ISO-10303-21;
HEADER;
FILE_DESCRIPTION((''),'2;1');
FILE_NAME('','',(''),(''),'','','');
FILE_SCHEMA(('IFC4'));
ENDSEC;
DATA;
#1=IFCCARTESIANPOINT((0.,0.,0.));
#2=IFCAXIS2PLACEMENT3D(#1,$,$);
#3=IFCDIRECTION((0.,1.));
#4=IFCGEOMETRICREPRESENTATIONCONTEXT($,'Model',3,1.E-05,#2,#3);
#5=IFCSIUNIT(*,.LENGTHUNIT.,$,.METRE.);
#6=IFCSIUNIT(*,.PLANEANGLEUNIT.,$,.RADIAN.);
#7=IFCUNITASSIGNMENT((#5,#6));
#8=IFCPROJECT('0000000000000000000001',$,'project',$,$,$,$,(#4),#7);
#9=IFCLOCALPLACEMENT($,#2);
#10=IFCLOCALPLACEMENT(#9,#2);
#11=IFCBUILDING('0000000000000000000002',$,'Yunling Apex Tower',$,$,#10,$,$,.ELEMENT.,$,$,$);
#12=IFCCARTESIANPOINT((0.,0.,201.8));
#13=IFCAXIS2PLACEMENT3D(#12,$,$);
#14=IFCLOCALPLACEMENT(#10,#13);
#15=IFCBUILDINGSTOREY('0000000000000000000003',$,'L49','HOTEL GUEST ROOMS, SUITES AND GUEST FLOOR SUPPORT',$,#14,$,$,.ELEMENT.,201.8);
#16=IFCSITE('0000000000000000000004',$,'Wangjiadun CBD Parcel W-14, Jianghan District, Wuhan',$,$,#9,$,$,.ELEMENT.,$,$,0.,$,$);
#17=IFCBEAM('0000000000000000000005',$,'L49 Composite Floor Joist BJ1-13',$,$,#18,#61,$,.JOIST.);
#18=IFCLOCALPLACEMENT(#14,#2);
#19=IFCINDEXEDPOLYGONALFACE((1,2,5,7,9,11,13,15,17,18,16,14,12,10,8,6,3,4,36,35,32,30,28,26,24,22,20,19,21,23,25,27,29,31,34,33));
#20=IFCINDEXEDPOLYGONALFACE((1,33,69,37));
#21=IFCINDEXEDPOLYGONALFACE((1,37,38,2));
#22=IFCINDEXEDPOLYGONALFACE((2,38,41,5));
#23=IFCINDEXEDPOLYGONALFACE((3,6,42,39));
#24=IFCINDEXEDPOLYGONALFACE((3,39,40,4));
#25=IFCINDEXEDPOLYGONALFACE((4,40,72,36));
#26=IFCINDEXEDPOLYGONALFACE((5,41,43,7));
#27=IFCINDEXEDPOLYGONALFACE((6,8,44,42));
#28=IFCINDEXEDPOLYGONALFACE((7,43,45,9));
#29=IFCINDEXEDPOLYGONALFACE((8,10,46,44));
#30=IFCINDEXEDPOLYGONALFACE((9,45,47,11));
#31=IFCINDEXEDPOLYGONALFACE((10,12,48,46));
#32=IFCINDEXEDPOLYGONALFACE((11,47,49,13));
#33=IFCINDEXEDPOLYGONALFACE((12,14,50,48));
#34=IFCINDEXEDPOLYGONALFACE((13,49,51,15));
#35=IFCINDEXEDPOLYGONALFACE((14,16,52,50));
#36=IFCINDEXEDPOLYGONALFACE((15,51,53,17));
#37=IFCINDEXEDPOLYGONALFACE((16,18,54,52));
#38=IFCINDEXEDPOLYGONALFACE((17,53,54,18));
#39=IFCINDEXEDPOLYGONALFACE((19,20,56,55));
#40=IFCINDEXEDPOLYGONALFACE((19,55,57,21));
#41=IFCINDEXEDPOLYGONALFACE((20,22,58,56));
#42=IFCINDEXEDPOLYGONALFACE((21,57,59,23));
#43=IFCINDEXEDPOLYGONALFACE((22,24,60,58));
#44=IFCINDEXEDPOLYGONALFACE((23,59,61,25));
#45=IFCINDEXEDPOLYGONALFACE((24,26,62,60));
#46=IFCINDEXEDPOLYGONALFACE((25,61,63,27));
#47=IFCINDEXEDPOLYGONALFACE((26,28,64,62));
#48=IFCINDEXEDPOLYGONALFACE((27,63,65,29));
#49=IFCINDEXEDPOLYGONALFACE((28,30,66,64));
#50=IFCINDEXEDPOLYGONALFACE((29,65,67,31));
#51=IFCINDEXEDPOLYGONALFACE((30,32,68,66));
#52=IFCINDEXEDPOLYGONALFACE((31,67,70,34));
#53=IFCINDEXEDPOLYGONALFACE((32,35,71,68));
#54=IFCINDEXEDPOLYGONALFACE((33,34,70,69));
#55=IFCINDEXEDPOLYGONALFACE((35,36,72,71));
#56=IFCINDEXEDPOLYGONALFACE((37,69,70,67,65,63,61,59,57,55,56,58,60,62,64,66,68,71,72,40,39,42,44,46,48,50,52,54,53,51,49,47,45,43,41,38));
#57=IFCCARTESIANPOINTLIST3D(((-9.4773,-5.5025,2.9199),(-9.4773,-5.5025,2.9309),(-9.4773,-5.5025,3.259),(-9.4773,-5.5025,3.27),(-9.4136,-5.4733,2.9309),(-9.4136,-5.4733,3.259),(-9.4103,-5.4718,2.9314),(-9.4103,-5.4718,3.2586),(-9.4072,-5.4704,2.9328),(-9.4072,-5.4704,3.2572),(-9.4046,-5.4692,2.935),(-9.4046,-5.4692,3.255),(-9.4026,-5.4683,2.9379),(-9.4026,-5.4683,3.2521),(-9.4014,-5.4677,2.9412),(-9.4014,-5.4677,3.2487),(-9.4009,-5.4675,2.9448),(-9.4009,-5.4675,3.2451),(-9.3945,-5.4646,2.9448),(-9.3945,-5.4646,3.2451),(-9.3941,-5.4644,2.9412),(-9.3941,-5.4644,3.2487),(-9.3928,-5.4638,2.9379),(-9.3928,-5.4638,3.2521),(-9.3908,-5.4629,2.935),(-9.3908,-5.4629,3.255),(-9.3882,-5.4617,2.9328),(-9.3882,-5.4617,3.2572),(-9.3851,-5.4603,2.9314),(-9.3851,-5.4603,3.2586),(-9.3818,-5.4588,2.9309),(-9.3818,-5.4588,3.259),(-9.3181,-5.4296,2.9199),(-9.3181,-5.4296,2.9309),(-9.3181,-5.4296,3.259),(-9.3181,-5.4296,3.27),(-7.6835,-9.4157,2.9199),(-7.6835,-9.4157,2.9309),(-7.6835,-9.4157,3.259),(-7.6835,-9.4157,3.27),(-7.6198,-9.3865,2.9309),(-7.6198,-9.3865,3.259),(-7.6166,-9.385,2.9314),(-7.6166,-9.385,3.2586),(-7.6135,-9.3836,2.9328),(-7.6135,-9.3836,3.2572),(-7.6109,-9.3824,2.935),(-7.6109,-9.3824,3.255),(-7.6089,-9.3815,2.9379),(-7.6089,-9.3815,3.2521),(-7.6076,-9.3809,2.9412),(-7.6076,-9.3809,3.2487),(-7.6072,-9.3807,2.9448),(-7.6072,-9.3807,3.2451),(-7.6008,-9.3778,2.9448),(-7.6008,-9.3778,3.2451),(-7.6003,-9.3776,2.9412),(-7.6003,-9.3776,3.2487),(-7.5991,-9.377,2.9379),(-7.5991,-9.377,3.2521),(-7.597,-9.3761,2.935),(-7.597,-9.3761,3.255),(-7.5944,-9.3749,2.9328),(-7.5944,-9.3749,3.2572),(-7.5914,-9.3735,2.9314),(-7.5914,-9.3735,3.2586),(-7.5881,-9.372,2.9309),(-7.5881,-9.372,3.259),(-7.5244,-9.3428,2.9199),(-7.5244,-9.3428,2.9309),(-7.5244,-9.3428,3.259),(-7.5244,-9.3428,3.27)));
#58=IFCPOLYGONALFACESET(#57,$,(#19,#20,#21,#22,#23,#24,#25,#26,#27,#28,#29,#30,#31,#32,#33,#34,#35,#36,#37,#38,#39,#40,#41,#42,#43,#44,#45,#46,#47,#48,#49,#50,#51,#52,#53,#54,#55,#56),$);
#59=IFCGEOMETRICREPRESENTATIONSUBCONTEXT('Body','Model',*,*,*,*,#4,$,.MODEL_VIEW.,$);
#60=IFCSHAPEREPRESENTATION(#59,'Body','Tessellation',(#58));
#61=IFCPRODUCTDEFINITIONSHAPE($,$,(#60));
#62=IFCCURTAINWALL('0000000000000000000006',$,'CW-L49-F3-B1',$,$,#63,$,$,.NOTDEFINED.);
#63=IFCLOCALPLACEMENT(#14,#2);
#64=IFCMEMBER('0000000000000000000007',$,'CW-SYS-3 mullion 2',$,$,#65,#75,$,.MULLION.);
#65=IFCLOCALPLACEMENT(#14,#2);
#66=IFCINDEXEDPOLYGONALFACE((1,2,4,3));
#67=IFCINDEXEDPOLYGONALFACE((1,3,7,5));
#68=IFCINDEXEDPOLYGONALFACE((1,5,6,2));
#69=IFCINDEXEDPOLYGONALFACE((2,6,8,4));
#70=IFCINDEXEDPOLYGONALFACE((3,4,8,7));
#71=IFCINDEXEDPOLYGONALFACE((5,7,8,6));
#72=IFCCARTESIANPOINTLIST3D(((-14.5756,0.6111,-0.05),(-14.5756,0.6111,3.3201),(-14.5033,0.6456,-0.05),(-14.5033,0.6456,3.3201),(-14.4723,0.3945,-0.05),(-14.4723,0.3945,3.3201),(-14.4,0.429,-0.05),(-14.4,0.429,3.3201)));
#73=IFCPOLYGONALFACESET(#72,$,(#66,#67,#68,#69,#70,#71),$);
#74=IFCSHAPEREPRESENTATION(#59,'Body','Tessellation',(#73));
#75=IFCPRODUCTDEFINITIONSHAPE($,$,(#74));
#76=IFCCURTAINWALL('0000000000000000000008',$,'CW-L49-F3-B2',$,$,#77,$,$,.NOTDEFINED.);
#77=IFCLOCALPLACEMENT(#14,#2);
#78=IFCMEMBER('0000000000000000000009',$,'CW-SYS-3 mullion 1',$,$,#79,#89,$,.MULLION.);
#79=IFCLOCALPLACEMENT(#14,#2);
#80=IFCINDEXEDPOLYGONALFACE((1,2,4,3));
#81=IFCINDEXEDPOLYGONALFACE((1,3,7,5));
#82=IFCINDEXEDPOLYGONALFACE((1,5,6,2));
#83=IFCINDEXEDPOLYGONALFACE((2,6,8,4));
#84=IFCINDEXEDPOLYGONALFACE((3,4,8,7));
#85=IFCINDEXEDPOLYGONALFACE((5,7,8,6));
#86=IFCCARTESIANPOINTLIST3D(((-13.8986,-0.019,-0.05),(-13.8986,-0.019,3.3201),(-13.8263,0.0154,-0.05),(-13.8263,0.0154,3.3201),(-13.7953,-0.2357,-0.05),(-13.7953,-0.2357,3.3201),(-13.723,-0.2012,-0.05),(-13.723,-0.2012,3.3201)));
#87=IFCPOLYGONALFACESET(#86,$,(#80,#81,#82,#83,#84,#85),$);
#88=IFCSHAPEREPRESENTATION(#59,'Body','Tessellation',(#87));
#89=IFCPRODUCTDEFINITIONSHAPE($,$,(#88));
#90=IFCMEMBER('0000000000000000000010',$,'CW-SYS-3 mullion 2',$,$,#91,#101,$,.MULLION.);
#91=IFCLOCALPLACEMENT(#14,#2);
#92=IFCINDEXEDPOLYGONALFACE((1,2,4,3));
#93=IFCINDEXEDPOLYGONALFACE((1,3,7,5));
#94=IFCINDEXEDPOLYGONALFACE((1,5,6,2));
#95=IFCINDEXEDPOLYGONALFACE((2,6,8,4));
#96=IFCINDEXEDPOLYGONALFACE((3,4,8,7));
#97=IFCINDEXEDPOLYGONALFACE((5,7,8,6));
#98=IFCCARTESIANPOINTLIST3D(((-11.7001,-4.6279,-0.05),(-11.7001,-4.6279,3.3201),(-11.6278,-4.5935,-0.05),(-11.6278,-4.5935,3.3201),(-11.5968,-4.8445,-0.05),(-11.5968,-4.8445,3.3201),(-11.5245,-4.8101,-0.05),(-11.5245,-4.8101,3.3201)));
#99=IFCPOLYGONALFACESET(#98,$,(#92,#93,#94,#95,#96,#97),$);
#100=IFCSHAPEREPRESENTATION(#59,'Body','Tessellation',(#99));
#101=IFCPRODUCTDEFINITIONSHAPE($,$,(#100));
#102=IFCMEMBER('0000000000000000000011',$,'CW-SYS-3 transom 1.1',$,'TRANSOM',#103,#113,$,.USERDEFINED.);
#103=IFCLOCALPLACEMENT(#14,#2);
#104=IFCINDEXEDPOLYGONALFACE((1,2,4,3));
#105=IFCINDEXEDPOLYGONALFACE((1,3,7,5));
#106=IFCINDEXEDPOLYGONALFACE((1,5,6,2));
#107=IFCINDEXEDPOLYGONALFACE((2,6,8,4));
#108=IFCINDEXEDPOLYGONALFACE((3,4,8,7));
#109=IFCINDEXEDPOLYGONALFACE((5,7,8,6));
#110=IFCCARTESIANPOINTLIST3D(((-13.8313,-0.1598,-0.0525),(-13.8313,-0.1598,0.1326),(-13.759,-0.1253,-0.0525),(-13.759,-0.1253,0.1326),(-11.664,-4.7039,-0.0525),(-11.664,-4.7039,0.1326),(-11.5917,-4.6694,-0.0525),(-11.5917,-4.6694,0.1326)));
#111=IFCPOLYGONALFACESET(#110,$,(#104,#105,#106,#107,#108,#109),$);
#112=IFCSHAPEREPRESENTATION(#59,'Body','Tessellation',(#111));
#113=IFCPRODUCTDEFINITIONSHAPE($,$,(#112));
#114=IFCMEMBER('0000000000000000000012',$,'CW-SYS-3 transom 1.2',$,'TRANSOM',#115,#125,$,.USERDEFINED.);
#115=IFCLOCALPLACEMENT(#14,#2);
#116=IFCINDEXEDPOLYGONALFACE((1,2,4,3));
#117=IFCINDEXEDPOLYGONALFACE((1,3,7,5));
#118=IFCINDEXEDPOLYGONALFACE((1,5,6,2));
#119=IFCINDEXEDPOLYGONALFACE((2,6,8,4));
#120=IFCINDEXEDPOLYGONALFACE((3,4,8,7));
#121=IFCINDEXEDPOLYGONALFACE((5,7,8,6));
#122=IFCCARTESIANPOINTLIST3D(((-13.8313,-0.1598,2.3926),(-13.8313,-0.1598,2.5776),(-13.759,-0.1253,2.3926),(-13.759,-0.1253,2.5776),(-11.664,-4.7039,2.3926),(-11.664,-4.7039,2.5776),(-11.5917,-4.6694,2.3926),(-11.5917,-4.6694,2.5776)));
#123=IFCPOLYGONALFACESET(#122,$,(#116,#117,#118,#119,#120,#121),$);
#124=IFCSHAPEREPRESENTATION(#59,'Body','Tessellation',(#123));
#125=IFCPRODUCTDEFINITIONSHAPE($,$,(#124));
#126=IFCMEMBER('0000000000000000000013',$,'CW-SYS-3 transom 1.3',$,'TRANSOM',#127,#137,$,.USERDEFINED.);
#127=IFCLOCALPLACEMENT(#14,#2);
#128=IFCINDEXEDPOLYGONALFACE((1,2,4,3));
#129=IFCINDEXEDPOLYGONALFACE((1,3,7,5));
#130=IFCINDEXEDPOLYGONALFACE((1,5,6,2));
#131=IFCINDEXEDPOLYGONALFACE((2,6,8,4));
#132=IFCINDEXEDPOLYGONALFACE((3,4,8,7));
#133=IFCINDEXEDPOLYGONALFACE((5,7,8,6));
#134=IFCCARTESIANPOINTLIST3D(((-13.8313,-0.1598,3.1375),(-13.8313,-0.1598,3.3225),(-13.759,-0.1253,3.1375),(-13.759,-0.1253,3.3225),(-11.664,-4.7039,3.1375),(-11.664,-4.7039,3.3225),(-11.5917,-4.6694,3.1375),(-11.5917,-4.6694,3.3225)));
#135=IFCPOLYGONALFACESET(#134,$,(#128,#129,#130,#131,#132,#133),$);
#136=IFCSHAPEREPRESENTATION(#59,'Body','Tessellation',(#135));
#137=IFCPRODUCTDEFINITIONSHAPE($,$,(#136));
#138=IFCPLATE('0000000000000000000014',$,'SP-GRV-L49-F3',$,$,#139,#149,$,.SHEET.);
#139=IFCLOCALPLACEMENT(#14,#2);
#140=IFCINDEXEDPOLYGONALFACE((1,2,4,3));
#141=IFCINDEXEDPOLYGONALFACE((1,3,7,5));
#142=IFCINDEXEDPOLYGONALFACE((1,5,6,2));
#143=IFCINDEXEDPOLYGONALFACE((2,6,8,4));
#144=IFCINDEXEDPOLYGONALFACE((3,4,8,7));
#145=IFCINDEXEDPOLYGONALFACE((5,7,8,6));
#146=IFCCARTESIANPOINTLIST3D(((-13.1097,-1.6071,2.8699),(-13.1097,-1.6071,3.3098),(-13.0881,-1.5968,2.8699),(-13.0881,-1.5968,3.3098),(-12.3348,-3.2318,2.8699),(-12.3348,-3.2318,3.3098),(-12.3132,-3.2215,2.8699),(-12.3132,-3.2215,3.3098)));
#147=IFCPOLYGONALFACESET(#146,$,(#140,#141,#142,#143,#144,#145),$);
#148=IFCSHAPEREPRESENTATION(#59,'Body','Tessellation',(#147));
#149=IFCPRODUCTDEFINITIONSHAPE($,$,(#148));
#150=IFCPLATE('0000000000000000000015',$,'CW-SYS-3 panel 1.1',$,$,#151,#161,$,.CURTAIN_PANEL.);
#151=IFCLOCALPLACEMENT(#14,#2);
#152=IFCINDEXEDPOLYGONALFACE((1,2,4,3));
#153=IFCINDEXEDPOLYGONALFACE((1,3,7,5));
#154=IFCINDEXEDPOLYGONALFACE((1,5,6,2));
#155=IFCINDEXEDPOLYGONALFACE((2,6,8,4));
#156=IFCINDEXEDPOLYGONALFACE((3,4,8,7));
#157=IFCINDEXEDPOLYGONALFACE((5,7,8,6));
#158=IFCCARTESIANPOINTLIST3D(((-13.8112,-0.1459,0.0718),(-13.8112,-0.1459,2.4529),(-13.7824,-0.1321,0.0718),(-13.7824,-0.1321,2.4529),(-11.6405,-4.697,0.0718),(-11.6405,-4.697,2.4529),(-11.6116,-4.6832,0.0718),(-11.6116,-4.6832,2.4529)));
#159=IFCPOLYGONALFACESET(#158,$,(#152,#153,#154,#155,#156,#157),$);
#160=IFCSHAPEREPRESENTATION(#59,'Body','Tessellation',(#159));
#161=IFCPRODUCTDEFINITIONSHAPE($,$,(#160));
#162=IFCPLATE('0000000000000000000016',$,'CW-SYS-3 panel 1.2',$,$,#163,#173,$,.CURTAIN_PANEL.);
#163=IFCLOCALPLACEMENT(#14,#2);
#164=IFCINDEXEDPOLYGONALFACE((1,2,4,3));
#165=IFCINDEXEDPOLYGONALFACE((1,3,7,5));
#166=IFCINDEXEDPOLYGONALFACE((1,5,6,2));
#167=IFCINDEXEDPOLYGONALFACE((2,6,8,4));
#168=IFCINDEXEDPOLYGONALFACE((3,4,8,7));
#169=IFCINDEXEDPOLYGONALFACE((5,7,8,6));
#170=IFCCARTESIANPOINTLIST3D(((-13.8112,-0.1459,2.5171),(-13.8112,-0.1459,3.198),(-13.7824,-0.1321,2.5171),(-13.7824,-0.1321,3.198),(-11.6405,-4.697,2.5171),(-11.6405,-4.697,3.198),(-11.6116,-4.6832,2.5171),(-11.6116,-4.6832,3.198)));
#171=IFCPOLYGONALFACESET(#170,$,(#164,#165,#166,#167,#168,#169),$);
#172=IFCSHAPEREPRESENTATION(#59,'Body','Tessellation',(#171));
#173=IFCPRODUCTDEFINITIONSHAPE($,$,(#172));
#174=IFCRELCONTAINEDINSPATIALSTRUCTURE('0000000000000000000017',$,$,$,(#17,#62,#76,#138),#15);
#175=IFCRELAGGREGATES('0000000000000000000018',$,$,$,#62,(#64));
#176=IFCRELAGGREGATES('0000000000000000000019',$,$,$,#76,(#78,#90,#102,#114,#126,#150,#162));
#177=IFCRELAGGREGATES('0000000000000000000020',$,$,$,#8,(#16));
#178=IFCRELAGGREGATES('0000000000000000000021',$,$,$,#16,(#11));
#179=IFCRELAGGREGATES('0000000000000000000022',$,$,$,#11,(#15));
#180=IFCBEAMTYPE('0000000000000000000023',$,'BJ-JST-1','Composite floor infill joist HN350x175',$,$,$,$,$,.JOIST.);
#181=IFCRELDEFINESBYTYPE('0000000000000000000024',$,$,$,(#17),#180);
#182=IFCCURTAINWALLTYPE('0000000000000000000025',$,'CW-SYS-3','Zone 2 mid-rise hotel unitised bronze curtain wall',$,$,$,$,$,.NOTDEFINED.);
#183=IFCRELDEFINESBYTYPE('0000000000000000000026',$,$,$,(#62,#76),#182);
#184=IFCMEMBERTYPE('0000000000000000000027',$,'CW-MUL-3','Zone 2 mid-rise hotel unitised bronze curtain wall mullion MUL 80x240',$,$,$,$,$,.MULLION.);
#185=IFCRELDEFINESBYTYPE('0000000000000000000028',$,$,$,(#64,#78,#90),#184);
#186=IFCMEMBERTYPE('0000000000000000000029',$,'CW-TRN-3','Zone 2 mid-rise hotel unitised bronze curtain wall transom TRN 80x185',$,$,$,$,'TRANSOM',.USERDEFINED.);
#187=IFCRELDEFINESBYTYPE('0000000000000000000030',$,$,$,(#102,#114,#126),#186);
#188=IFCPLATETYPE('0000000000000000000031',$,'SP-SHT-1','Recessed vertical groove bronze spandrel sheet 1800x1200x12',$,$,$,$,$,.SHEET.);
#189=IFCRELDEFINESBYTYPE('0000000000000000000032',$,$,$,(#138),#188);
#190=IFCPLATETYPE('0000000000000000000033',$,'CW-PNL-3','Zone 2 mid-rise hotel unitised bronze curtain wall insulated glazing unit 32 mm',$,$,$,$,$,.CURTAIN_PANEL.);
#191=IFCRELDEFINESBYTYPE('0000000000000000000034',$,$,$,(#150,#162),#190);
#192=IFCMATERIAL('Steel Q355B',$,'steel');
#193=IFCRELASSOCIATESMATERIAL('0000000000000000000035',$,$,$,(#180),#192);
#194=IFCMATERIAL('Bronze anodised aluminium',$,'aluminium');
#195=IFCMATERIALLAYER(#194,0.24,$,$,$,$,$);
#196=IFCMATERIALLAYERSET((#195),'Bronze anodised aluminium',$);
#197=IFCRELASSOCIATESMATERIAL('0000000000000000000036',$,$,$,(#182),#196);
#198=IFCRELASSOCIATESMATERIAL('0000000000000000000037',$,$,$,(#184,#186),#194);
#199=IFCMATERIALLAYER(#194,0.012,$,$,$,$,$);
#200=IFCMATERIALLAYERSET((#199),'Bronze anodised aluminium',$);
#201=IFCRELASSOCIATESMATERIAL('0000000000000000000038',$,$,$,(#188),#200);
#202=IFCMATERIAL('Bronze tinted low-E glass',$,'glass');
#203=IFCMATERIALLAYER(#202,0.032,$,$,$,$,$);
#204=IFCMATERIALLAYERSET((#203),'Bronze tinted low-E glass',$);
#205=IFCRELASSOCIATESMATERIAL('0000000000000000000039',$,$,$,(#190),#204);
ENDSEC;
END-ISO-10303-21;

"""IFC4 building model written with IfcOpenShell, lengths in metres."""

from ifc_helpers import new_model, si_unit, direction, frame, origin, origin_2d, place, context, subcontext, project, spatial, rectangle, i_section, extrude, source, transform, mapped, material, layer, layer_set, material_profile, profile_set, type_object, element, aggregate, save


model = new_model("IFC4")

# Units and contexts
model_context = context("Model", 3, precision=1e-05, world=origin(), true_north=direction((0.0, 1.0)))
body_context = subcontext(model_context, "Body", "Model", "MODEL_VIEW")
ifc_project = project(units=[si_unit("LENGTHUNIT", "METRE"), si_unit("PLANEANGLEUNIT", "RADIAN")], contexts=[model_context])

# Site, building, storey
site_placement = place(None, origin())
site = spatial("IfcSite", under=ifc_project, at=site_placement, Name="Wangjiadun CBD Parcel W-14, Jianghan District, Wuhan", CompositionType="ELEMENT", RefElevation=0.0)
building_placement = place(site_placement, origin())
building = spatial("IfcBuilding", under=site, at=building_placement, Name="Yunling Apex Tower", CompositionType="ELEMENT")
storey_placement = place(building_placement, frame((0.0, 0.0, 201.8)))
storey = spatial("IfcBuildingStorey", under=building, at=storey_placement, Name="L49", Description="HOTEL GUEST ROOMS, SUITES AND GUEST FLOOR SUPPORT", CompositionType="ELEMENT", Elevation=201.8)

# Beam
ifc_material_1 = material(Name="Steel Q355B", Category="steel")
ifc_material_profile_1 = material_profile(ifc_material_1, i_section(OverallWidth=0.175, OverallDepth=0.3501, WebThickness=0.0071, FlangeThickness=0.011, FilletRadius=0.0139, at=origin_2d()))
ifc_profile_set_1 = profile_set([ifc_material_profile_1], Name="Steel Q355B")
beam_type_1 = type_object("IfcBeamType", Name="BJ-JST-1", Description="Composite floor infill joist HN350x175", PredefinedType="JOIST", material=ifc_profile_set_1)
shared_shape_1 = source(origin(), body_context, "Body", "SweptSolid", [
    extrude(i_section(OverallWidth=0.175, OverallDepth=0.3501, WebThickness=0.0071, FlangeThickness=0.011, FilletRadius=0.0139, at=origin_2d()), origin(), (0.0, 0.0, 1.0), 4.3047),
])
beam_1_placement = place(storey_placement, frame((-9.3977, -5.4661, 3.095), z_axis=(0.416694, -0.909047, 0.0), x_axis=(0.909047, 0.416694, 0.0)))
element("IfcBeam", 1, at=beam_1_placement, inside=storey, type_object=beam_type_1, Name="L49 Composite Floor Joist BJ1-13", PredefinedType="JOIST", context=body_context, shape_type="MappedRepresentation", body=[
    mapped(shared_shape_1, transform((0.0, 0.0, 0.0), scale=1.0)),
])

# Curtain wall, member
ifc_material_2 = material(Name="Bronze anodised aluminium", Category="aluminium")
ifc_layer_1 = layer(ifc_material_2, 0.24)
ifc_layer_set_1 = layer_set([ifc_layer_1], Name="Bronze anodised aluminium")
curtain_wall_type = type_object("IfcCurtainWallType", Name="CW-SYS-3", Description="Zone 2 mid-rise hotel unitised bronze curtain wall", PredefinedType="NOTDEFINED", material=ifc_layer_set_1)
curtain_wall_1_placement = place(storey_placement, origin())
curtain_wall_1 = element("IfcCurtainWall", 2, at=curtain_wall_1_placement, inside=storey, type_object=curtain_wall_type, Name="CW-L49-F3-B1", PredefinedType="NOTDEFINED")
ifc_material_profile_2 = material_profile(ifc_material_2, rectangle(XDim=0.0801, YDim=0.24, at=origin_2d()))
ifc_profile_set_2 = profile_set([ifc_material_profile_2], Name="Bronze anodised aluminium")
member_type_1 = type_object("IfcMemberType", Name="CW-MUL-3", Description="Zone 2 mid-rise hotel unitised bronze curtain wall mullion MUL 80x240", PredefinedType="MULLION", material=ifc_profile_set_2)
shared_shape_2 = source(origin(), body_context, "Body", "SweptSolid", [
    extrude(rectangle(XDim=0.0801, YDim=0.24, at=origin_2d()), origin(), (0.0, 0.0, 1.0), 3.3701),
])
member_1_placement = place(storey_placement, frame((-14.4878, 0.52, -0.05), z_axis=(0.0, 0.0, 1.0), x_axis=(0.902582, 0.430518, 0.0)))
member_1 = element("IfcMember", 3, at=member_1_placement, type_object=member_type_1, Name="CW-SYS-3 mullion 2", PredefinedType="MULLION", context=body_context, shape_type="MappedRepresentation", body=[
    mapped(shared_shape_2, transform((0.0, 0.0, 0.0), scale=1.0)),
])
aggregate(curtain_wall_1, [member_1])

# Curtain wall, members
curtain_wall_2_placement = place(storey_placement, origin())
curtain_wall_2 = element("IfcCurtainWall", 4, at=curtain_wall_2_placement, inside=storey, type_object=curtain_wall_type, Name="CW-L49-F3-B2", PredefinedType="NOTDEFINED")
member_2_placement = place(storey_placement, frame((-13.8108, -0.1101, -0.05), z_axis=(0.0, 0.0, 1.0), x_axis=(0.902583, 0.430516, 0.0)))
member_2 = element("IfcMember", 5, at=member_2_placement, type_object=member_type_1, Name="CW-SYS-3 mullion 1", PredefinedType="MULLION", context=body_context, shape_type="MappedRepresentation", body=[
    mapped(shared_shape_2, transform((0.0, 0.0, 0.0), scale=1.0)),
])
member_3_placement = place(storey_placement, frame((-11.6123, -4.719, -0.05), z_axis=(0.0, 0.0, 1.0), x_axis=(0.902583, 0.430516, 0.0)))
member_3 = element("IfcMember", 6, at=member_3_placement, type_object=member_type_1, Name="CW-SYS-3 mullion 2", PredefinedType="MULLION", context=body_context, shape_type="MappedRepresentation", body=[
    mapped(shared_shape_2, transform((0.0, 0.0, 0.0), scale=1.0)),
])
ifc_material_profile_3 = material_profile(ifc_material_2, rectangle(XDim=0.0801, YDim=0.1851, at=origin_2d()))
ifc_profile_set_3 = profile_set([ifc_material_profile_3], Name="Bronze anodised aluminium")
member_type_2 = type_object("IfcMemberType", Name="CW-TRN-3", Description="Zone 2 mid-rise hotel unitised bronze curtain wall transom TRN 80x185", ElementType="TRANSOM", PredefinedType="USERDEFINED", material=ifc_profile_set_3)
shared_shape_3 = source(origin(), body_context, "Body", "SweptSolid", [
    extrude(rectangle(XDim=0.0801, YDim=0.1851, at=origin_2d()), origin(), (0.0, 0.0, 1.0), 5.0344),
])
member_4_placement = place(storey_placement, frame((-13.7952, -0.1426, 0.04), z_axis=(0.430493, -0.902594, 0.0), x_axis=(0.902594, 0.430493, 0.0)))
member_4 = element("IfcMember", 7, at=member_4_placement, type_object=member_type_2, Name="CW-SYS-3 transom 1.1", ObjectType="TRANSOM", PredefinedType="USERDEFINED", context=body_context, shape_type="MappedRepresentation", body=[
    mapped(shared_shape_3, transform((0.0, 0.0, 0.0), scale=1.0)),
])
member_5_placement = place(storey_placement, frame((-13.7952, -0.1426, 2.4851), z_axis=(0.430493, -0.902594, 0.0), x_axis=(0.902594, 0.430493, 0.0)))
member_5 = element("IfcMember", 8, at=member_5_placement, type_object=member_type_2, Name="CW-SYS-3 transom 1.2", ObjectType="TRANSOM", PredefinedType="USERDEFINED", context=body_context, shape_type="MappedRepresentation", body=[
    mapped(shared_shape_3, transform((0.0, 0.0, 0.0), scale=1.0)),
])
member_6_placement = place(storey_placement, frame((-13.7952, -0.1426, 3.23), z_axis=(0.430493, -0.902594, 0.0), x_axis=(0.902594, 0.430493, 0.0)))
member_6 = element("IfcMember", 9, at=member_6_placement, type_object=member_type_2, Name="CW-SYS-3 transom 1.3", ObjectType="TRANSOM", PredefinedType="USERDEFINED", context=body_context, shape_type="MappedRepresentation", body=[
    mapped(shared_shape_3, transform((0.0, 0.0, 0.0), scale=1.0)),
])

# Plates
ifc_layer_2 = layer(ifc_material_2, 0.012)
ifc_layer_set_2 = layer_set([ifc_layer_2], Name="Bronze anodised aluminium")
plate_type_1 = type_object("IfcPlateType", Name="SP-SHT-1", Description="Recessed vertical groove bronze spandrel sheet 1800x1200x12", PredefinedType="SHEET", material=ifc_layer_set_2)
shared_shape_4 = source(origin(), body_context, "Body", "SweptSolid", [
    extrude(rectangle(XDim=1.8, YDim=0.0239, at=origin_2d()), origin(), (0.0, 0.0, 1.0), 0.4399),
])
plate_1_placement = place(storey_placement, frame((-12.7114, -2.4143, 2.8699), z_axis=(0.0, 0.0, 1.0), x_axis=(0.430511, -0.902585, 0.0)))
element("IfcPlate", 10, at=plate_1_placement, inside=storey, type_object=plate_type_1, Name="SP-GRV-L49-F3", PredefinedType="SHEET", context=body_context, shape_type="MappedRepresentation", body=[
    mapped(shared_shape_4, transform((0.0, 0.0, 0.0), scale=1.0)),
])
ifc_material_3 = material(Name="Bronze tinted low-E glass", Category="glass")
ifc_layer_3 = layer(ifc_material_3, 0.032)
ifc_layer_set_3 = layer_set([ifc_layer_3], Name="Bronze tinted low-E glass")
plate_type_2 = type_object("IfcPlateType", Name="CW-PNL-3", Description="Zone 2 mid-rise hotel unitised bronze curtain wall insulated glazing unit 32 mm", PredefinedType="CURTAIN_PANEL", material=ifc_layer_set_3)
shared_shape_5 = source(origin(), body_context, "Body", "SweptSolid", [
    extrude(rectangle(XDim=5.0422, YDim=0.032, at=origin_2d()), origin(), (0.0, 0.0, 1.0), 2.3811),
])
plate_2_placement = place(storey_placement, frame((-12.7114, -2.4146, 0.0718), z_axis=(0.0, 0.0, 1.0), x_axis=(0.430516, -0.902583, 0.0)))
plate_2 = element("IfcPlate", 11, at=plate_2_placement, type_object=plate_type_2, Name="CW-SYS-3 panel 1.1", PredefinedType="CURTAIN_PANEL", context=body_context, shape_type="MappedRepresentation", body=[
    mapped(shared_shape_5, transform((0.0, 0.0, 0.0), scale=1.0)),
])
shared_shape_6 = source(origin(), body_context, "Body", "SweptSolid", [
    extrude(rectangle(XDim=5.0422, YDim=0.032, at=origin_2d()), origin(), (0.0, 0.0, 1.0), 0.6809),
])
plate_3_placement = place(storey_placement, frame((-12.7114, -2.4146, 2.5171), z_axis=(0.0, 0.0, 1.0), x_axis=(0.430516, -0.902583, 0.0)))
plate_3 = element("IfcPlate", 12, at=plate_3_placement, type_object=plate_type_2, Name="CW-SYS-3 panel 1.2", PredefinedType="CURTAIN_PANEL", context=body_context, shape_type="MappedRepresentation", body=[
    mapped(shared_shape_6, transform((0.0, 0.0, 0.0), scale=1.0)),
])
aggregate(curtain_wall_2, [member_2, member_3, member_4, member_5, member_6, plate_2, plate_3])

save(model, "model.ifc")
